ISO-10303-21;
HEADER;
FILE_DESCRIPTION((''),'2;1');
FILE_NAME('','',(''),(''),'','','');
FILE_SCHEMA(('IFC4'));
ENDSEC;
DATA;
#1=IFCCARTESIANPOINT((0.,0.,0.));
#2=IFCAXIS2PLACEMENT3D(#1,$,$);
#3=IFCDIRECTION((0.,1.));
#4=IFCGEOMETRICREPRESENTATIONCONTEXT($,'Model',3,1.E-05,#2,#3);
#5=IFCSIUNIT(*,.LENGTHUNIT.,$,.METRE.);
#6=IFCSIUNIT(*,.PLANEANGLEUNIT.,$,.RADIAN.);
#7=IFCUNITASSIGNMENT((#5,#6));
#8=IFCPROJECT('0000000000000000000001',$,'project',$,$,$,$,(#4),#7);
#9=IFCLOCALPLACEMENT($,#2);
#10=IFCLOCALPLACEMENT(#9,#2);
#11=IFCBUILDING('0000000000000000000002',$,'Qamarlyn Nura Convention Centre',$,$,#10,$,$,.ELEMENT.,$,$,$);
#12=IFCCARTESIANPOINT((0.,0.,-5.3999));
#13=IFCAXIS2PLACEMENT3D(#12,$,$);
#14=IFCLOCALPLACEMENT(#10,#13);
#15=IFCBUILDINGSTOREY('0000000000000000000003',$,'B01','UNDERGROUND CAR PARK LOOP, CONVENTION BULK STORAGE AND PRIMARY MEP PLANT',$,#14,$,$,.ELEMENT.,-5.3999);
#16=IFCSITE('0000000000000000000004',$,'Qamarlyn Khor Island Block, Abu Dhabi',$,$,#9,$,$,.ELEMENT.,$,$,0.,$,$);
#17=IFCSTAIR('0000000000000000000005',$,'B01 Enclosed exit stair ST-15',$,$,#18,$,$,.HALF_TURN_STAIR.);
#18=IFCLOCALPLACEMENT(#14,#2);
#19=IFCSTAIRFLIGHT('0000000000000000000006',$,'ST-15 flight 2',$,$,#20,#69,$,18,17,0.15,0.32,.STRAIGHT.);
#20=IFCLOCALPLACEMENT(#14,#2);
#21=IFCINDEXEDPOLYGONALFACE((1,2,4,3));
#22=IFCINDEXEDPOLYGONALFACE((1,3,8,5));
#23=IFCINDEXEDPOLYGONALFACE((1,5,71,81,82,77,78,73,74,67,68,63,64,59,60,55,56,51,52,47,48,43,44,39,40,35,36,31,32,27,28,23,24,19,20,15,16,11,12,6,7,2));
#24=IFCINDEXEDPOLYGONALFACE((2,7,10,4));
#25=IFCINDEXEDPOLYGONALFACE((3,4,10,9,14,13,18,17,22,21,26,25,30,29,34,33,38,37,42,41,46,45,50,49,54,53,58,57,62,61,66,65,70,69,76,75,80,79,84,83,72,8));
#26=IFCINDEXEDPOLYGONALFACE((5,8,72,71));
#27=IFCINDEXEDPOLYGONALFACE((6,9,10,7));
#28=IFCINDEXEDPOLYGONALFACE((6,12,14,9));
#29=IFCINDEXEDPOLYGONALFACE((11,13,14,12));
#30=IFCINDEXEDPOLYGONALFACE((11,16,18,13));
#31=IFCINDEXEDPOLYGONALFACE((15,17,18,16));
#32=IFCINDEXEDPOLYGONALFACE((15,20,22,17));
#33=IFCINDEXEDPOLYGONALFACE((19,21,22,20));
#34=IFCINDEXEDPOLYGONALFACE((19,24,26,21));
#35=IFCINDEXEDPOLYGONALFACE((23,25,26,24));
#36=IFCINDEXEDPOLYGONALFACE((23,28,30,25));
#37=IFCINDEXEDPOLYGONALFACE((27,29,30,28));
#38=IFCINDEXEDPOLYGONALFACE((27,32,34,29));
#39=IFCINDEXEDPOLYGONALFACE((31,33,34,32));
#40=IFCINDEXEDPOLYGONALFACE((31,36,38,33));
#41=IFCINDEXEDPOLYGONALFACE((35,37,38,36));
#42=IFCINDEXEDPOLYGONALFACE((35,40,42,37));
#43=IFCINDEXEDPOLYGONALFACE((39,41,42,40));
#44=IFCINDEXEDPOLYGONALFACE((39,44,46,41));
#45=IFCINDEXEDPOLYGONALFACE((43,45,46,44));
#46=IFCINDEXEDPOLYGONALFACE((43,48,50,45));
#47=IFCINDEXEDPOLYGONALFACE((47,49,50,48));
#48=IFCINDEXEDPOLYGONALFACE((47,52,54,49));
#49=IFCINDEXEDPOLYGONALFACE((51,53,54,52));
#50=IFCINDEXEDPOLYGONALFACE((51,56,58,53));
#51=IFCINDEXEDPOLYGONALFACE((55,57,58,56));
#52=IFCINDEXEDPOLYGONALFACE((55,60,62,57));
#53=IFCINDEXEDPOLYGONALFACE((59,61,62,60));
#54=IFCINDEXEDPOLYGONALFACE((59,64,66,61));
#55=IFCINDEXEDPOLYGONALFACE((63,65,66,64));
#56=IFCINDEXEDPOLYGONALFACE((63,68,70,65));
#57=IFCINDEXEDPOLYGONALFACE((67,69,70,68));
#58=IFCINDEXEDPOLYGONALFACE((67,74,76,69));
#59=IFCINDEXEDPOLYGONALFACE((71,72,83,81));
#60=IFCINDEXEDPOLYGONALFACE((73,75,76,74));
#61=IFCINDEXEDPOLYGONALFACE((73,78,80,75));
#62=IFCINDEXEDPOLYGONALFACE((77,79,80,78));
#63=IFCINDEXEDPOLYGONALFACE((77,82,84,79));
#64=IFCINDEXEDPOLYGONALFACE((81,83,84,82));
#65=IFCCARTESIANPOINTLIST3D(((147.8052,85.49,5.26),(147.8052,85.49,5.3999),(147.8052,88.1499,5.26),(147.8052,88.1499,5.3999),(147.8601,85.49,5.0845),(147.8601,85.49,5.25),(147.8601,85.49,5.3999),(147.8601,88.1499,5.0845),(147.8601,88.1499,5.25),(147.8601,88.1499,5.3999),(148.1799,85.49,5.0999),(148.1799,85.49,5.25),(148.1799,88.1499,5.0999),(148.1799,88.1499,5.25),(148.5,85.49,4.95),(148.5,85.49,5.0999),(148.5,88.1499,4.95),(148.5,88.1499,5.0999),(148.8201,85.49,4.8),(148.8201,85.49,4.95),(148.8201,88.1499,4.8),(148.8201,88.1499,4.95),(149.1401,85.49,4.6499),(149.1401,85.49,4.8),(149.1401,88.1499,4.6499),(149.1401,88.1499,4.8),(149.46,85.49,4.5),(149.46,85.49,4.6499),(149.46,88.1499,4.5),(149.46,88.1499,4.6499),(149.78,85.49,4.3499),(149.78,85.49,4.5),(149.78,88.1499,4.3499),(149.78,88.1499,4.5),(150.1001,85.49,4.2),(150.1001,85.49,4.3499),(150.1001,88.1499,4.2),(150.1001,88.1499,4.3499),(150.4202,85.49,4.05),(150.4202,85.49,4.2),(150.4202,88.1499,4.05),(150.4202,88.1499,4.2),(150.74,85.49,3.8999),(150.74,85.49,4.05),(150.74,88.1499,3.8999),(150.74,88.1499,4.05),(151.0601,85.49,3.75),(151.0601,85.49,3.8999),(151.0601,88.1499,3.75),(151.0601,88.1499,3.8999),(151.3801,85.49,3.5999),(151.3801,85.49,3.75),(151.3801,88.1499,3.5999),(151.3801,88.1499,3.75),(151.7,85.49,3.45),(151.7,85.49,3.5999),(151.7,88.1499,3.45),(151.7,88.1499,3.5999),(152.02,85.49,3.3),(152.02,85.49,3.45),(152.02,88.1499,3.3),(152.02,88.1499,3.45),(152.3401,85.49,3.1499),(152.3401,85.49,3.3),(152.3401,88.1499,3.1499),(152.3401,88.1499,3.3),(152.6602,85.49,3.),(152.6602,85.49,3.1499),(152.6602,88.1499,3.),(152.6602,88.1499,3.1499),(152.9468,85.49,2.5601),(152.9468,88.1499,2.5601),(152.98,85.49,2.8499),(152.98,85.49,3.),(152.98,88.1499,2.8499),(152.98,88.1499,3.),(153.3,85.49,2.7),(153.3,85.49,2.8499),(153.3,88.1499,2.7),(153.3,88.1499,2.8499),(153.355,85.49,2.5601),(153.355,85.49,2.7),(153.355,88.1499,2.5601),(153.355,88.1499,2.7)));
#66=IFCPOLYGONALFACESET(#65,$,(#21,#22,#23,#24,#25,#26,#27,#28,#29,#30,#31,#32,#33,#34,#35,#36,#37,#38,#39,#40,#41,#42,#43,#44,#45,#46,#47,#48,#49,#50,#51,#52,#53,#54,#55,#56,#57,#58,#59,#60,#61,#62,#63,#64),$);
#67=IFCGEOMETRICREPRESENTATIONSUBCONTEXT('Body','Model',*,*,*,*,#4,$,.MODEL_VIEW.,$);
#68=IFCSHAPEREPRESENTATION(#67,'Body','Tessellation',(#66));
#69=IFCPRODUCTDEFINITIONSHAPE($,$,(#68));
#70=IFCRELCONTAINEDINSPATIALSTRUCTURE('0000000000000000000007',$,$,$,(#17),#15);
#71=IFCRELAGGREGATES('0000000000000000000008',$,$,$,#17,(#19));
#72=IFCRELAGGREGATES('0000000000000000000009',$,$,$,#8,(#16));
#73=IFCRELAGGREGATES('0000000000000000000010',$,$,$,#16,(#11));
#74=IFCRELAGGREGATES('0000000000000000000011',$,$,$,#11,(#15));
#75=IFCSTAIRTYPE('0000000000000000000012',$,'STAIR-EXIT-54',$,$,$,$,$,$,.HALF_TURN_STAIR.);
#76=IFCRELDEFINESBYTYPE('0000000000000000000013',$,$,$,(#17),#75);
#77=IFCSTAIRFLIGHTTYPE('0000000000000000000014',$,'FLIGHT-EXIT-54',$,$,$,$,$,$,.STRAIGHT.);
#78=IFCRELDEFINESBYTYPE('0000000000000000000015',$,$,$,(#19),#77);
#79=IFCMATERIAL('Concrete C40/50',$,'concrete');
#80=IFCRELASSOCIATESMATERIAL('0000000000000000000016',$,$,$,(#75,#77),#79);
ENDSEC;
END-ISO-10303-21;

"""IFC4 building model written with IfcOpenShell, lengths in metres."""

from ifc_helpers import new_model, si_unit, direction, frame, origin, place, context, subcontext, project, spatial, polyline, outline, extrude, material, type_object, element, aggregate, save


model = new_model("IFC4")

# Units and contexts
model_context = context("Model", 3, precision=1e-05, world=origin(), true_north=direction((0.0, 1.0)))
body_context = subcontext(model_context, "Body", "Model", "MODEL_VIEW")
ifc_project = project(units=[si_unit("LENGTHUNIT", "METRE"), si_unit("PLANEANGLEUNIT", "RADIAN")], contexts=[model_context])

# Site, building, storey
site_placement = place(None, origin())
site = spatial("IfcSite", under=ifc_project, at=site_placement, Name="Qamarlyn Khor Island Block, Abu Dhabi", CompositionType="ELEMENT", RefElevation=0.0)
building_placement = place(site_placement, origin())
building = spatial("IfcBuilding", under=site, at=building_placement, Name="Qamarlyn Nura Convention Centre", CompositionType="ELEMENT")
storey_placement = place(building_placement, frame((0.0, 0.0, -5.3999)))
storey = spatial("IfcBuildingStorey", under=building, at=storey_placement, Name="B01", Description="UNDERGROUND CAR PARK LOOP, CONVENTION BULK STORAGE AND PRIMARY MEP PLANT", CompositionType="ELEMENT", Elevation=-5.3999)

# Shared definitions
ifc_material_1 = material(Name="Concrete C40/50", Category="concrete")

# Stair, stair flight
stair_type = type_object("IfcStairType", Name="STAIR-EXIT-54", PredefinedType="HALF_TURN_STAIR", material=ifc_material_1)
stair_placement = place(storey_placement, origin())
stair = element("IfcStair", 1, at=stair_placement, inside=storey, type_object=stair_type, Name="B01 Enclosed exit stair ST-15", PredefinedType="HALF_TURN_STAIR")
stair_flight_type = type_object("IfcStairFlightType", Name="FLIGHT-EXIT-54", PredefinedType="STRAIGHT", material=ifc_material_1)
stair_flight_1_placement = place(storey_placement, frame((153.3, 86.8201, 2.7), z_axis=(0.0, 0.0, 1.0), x_axis=(-1.0, 0.0, 0.0)))
stair_flight_1 = element("IfcStairFlight", 2, at=stair_flight_1_placement, type_object=stair_flight_type, Name="ST-15 flight 2", NumberOfRisers=18, NumberOfTreads=17, PredefinedType="STRAIGHT", RiserHeight=0.15, TreadLength=0.32, context=body_context, shape_type="SweptSolid", body=[
    extrude(outline(polyline([(-0.0549, 0.0), (0.0, 0.0), (0.0, 0.1499), (0.3201, 0.1499), (0.3201, 0.3), (0.6399, 0.3), (0.6399, 0.45), (0.96, 0.45), (0.96, 0.6001), (1.28, 0.6001), (1.28, 0.75), (1.6001, 0.75), (1.6001, 0.8999), (1.9199, 0.8999), (1.9199, 1.05), (2.24, 1.05), (2.24, 1.2), (2.5601, 1.2), (2.5601, 1.3501), (2.8799, 1.3501), (2.8799, 1.5), (3.2, 1.5), (3.2, 1.6499), (3.52, 1.6499), (3.52, 1.8), (3.8401, 1.8), (3.8401, 1.95), (4.1599, 1.95), (4.1599, 2.1001), (4.48, 2.1001), (4.48, 2.25), (4.8, 2.25), (4.8, 2.3999), (5.1201, 2.3999), (5.1201, 2.55), (5.4399, 2.55), (5.4399, 2.7), (5.4949, 2.7), (5.4949, 2.5601), (5.4399, 2.3845), (0.3533, -0.1399), (-0.0549, -0.1399), (-0.0549, 0.0)])), frame((0.0, 1.3301, 0.0), z_axis=(0.0, -1.0, 0.0), x_axis=(1.0, 0.0, 0.0)), (0.0, 0.0, 1.0), 2.6599),
])
aggregate(stair, [stair_flight_1])

save(model, "model.ifc")
